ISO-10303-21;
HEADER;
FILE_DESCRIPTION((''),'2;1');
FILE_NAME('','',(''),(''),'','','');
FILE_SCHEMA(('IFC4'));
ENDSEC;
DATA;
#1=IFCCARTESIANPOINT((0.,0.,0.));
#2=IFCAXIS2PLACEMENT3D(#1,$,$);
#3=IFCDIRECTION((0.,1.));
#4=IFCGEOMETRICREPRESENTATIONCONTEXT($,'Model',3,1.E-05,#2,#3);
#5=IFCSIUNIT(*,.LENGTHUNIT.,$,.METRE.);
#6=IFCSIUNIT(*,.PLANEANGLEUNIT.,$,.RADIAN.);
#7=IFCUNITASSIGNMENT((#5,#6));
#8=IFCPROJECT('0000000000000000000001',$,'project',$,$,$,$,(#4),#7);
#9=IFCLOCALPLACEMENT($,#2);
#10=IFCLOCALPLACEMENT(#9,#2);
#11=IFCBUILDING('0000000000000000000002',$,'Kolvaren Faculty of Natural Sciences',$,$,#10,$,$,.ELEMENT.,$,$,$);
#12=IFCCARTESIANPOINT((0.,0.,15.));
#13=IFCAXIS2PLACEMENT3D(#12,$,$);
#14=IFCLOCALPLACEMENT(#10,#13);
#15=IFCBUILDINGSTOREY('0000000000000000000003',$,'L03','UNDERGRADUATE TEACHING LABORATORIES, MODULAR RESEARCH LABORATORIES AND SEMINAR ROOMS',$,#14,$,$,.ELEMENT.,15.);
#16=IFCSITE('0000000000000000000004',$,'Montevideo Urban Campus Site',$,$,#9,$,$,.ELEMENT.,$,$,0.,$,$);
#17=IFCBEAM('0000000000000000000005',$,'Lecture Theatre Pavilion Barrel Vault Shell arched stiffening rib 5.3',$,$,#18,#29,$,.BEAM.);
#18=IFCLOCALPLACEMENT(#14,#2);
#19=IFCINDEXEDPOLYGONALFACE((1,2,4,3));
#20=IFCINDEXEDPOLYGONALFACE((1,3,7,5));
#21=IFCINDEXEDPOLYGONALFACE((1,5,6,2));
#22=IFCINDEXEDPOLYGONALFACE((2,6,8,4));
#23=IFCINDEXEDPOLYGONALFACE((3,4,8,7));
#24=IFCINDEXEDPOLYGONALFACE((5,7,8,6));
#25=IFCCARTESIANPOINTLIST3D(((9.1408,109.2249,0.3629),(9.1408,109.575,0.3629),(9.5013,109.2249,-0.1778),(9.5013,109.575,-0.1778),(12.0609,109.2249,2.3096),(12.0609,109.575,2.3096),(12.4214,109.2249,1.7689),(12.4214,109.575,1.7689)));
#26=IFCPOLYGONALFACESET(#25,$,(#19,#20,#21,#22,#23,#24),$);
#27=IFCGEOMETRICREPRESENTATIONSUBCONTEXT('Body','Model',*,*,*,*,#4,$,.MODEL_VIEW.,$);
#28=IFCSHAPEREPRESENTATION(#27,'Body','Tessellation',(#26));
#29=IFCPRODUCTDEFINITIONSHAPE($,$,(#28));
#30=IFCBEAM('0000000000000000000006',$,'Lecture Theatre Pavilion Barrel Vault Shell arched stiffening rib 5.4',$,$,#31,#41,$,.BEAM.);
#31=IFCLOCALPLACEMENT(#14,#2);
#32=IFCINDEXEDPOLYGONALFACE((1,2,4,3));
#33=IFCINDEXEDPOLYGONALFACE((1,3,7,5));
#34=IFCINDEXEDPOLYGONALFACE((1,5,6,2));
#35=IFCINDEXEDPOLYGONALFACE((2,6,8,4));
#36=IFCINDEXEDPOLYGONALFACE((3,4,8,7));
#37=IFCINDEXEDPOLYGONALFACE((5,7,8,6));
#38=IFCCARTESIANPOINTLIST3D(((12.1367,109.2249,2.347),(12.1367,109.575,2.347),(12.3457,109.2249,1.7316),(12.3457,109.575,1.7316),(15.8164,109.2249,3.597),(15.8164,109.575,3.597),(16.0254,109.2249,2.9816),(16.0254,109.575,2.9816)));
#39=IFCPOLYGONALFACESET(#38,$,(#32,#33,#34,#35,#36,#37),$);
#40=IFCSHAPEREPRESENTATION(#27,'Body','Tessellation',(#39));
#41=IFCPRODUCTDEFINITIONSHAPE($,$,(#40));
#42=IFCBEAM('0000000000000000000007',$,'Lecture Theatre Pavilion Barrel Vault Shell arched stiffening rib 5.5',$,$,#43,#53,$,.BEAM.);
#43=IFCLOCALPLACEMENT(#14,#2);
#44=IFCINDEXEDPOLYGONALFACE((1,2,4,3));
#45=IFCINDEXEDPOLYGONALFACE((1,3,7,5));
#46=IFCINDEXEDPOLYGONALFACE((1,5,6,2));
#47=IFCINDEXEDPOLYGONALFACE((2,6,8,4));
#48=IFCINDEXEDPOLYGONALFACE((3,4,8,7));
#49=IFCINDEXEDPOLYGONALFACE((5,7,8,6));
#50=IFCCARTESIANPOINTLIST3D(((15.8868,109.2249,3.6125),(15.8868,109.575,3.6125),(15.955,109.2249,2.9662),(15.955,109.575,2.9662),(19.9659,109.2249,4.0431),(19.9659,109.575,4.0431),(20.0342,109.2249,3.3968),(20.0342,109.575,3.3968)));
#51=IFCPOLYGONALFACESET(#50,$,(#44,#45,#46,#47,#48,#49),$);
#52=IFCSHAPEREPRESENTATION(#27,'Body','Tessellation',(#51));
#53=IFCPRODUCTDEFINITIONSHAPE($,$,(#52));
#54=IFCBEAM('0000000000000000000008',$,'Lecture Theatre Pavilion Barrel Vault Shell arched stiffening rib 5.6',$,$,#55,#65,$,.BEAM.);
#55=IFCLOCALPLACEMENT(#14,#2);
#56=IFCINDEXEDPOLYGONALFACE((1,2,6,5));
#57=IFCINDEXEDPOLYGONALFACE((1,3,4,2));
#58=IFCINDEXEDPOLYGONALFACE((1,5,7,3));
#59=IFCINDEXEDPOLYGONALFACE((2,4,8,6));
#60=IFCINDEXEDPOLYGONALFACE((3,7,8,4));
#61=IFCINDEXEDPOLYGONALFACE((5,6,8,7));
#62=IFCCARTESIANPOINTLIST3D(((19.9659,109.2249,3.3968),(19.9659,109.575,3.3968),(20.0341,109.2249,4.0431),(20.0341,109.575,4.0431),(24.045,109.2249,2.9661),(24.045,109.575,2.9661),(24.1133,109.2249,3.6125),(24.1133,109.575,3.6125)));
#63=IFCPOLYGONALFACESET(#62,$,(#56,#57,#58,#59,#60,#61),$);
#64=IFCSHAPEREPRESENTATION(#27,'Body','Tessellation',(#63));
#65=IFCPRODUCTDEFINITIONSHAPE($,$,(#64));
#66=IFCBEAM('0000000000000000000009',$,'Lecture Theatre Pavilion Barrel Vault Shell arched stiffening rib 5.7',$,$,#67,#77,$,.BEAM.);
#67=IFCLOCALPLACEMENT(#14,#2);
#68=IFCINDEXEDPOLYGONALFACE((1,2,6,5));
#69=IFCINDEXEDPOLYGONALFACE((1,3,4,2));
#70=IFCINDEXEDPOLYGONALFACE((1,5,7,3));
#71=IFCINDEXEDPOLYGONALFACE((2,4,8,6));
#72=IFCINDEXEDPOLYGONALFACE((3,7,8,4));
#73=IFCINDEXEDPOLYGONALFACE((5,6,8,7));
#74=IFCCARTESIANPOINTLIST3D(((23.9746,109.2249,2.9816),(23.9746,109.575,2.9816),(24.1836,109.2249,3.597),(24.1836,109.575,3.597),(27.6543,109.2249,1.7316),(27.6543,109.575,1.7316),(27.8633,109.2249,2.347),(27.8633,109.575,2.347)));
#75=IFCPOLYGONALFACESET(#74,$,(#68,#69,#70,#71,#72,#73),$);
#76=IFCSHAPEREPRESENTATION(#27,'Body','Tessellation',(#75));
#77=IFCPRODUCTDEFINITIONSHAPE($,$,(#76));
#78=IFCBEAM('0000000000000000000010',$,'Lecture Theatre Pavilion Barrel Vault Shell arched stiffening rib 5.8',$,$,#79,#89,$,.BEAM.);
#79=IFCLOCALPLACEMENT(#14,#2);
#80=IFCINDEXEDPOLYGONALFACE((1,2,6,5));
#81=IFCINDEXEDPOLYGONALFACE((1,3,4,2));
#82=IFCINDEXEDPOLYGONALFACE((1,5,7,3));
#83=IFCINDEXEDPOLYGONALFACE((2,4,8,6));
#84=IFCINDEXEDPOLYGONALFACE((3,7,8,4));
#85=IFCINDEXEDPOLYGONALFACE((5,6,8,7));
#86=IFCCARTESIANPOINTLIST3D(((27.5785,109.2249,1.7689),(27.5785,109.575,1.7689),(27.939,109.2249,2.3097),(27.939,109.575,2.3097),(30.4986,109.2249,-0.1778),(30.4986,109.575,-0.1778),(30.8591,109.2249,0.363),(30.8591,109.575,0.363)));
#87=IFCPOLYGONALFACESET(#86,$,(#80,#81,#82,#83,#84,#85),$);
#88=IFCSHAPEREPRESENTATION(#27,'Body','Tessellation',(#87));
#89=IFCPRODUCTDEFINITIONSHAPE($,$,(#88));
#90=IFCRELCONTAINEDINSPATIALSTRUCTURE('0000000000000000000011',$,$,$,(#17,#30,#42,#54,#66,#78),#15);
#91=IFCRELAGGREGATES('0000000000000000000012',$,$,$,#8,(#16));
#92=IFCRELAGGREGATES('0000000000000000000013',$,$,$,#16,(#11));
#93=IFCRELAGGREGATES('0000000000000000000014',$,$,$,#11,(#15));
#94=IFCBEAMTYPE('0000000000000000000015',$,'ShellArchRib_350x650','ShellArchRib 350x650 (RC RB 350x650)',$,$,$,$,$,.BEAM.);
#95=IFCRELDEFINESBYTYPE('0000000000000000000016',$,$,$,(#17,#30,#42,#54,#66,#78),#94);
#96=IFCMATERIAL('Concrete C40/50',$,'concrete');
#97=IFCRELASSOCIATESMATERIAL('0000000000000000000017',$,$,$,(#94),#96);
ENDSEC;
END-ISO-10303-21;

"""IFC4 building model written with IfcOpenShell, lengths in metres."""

from ifc_helpers import new_model, si_unit, direction, frame, origin, origin_2d, place, context, subcontext, project, spatial, rectangle, extrude, material, material_profile, profile_set, type_object, element, save


model = new_model("IFC4")

# Units and contexts
model_context = context("Model", 3, precision=1e-05, world=origin(), true_north=direction((0.0, 1.0)))
body_context = subcontext(model_context, "Body", "Model", "MODEL_VIEW")
ifc_project = project(units=[si_unit("LENGTHUNIT", "METRE"), si_unit("PLANEANGLEUNIT", "RADIAN")], contexts=[model_context])

# Site, building, storey
site_placement = place(None, origin())
site = spatial("IfcSite", under=ifc_project, at=site_placement, Name="Montevideo Urban Campus Site", CompositionType="ELEMENT", RefElevation=0.0)
building_placement = place(site_placement, origin())
building = spatial("IfcBuilding", under=site, at=building_placement, Name="Kolvaren Faculty of Natural Sciences", CompositionType="ELEMENT")
storey_placement = place(building_placement, frame((0.0, 0.0, 15.0)))
storey = spatial("IfcBuildingStorey", under=building, at=storey_placement, Name="L03", Description="UNDERGRADUATE TEACHING LABORATORIES, MODULAR RESEARCH LABORATORIES AND SEMINAR ROOMS", CompositionType="ELEMENT", Elevation=15.0)

# Beams
ifc_material = material(Name="Concrete C40/50", Category="concrete")
ifc_material_profile = material_profile(ifc_material, rectangle(XDim=0.3501, YDim=0.6499, at=origin_2d()), Name="RC RB 350x650")
ifc_profile_set = profile_set([ifc_material_profile], Name="Concrete C40/50")
beam_type = type_object("IfcBeamType", Name="ShellArchRib_350x650", Description="ShellArchRib 350x650 (RC RB 350x650)", PredefinedType="BEAM", material=ifc_profile_set)
for number, where, z_axis, x_axis, name in (
    (1, (9.321, 109.3999, 0.0925), (0.83205, 0.0, 0.5547), (0.0, 1.0, 0.0), "Lecture Theatre Pavilion Barrel Vault Shell arched stiffening rib 5.3"),
):
    element("IfcBeam", number, at=place(storey_placement, frame(where, z_axis=z_axis, x_axis=x_axis)), inside=storey, type_object=beam_type, Name=name, PredefinedType="BEAM", context=body_context, shape_type="SweptSolid", body=[
        extrude(rectangle(XDim=0.3501, YDim=0.6499, at=origin_2d()), origin(), (0.0, 0.0, 1.0), 3.5095),
    ])
beam_1_placement = place(storey_placement, frame((12.2412, 109.3999, 2.0393), z_axis=(0.946858, 0.0, 0.32165), x_axis=(0.0, 1.0, 0.0)))
element("IfcBeam", 2, at=beam_1_placement, inside=storey, type_object=beam_type, Name="Lecture Theatre Pavilion Barrel Vault Shell arched stiffening rib 5.4", PredefinedType="BEAM", context=body_context, shape_type="SweptSolid", body=[
    extrude(rectangle(XDim=0.3501, YDim=0.6499, at=origin_2d()), origin(), (0.0, 0.0, 1.0), 3.8862),
])
for number, where, z_axis, x_axis, name in (
    (3, (15.9209, 109.3999, 3.2893), (0.994473, 0.0, 0.104995), (0.0, 1.0, 0.0), "Lecture Theatre Pavilion Barrel Vault Shell arched stiffening rib 5.5"),
    (4, (20.0, 109.3999, 3.72), (0.994473, 0.0, -0.104995), (0.0, 1.0, 0.0), "Lecture Theatre Pavilion Barrel Vault Shell arched stiffening rib 5.6"),
):
    element("IfcBeam", number, at=place(storey_placement, frame(where, z_axis=z_axis, x_axis=x_axis)), inside=storey, type_object=beam_type, Name=name, PredefinedType="BEAM", context=body_context, shape_type="SweptSolid", body=[
        extrude(rectangle(XDim=0.3501, YDim=0.6499, at=origin_2d()), origin(), (0.0, 0.0, 1.0), 4.1018),
    ])
beam_2_placement = place(storey_placement, frame((24.0791, 109.3999, 3.2893), z_axis=(0.946858, 0.0, -0.32165), x_axis=(0.0, 1.0, 0.0)))
element("IfcBeam", 5, at=beam_2_placement, inside=storey, type_object=beam_type, Name="Lecture Theatre Pavilion Barrel Vault Shell arched stiffening rib 5.7", PredefinedType="BEAM", context=body_context, shape_type="SweptSolid", body=[
    extrude(rectangle(XDim=0.3501, YDim=0.6499, at=origin_2d()), origin(), (0.0, 0.0, 1.0), 3.8862),
])
beam_3_placement = place(storey_placement, frame((27.7588, 109.3999, 2.0393), z_axis=(0.83205, 0.0, -0.5547), x_axis=(0.0, 1.0, 0.0)))
element("IfcBeam", 6, at=beam_3_placement, inside=storey, type_object=beam_type, Name="Lecture Theatre Pavilion Barrel Vault Shell arched stiffening rib 5.8", PredefinedType="BEAM", context=body_context, shape_type="SweptSolid", body=[
    extrude(rectangle(XDim=0.3501, YDim=0.6499, at=origin_2d()), origin(), (0.0, 0.0, 1.0), 3.5095),
])

save(model, "model.ifc")
